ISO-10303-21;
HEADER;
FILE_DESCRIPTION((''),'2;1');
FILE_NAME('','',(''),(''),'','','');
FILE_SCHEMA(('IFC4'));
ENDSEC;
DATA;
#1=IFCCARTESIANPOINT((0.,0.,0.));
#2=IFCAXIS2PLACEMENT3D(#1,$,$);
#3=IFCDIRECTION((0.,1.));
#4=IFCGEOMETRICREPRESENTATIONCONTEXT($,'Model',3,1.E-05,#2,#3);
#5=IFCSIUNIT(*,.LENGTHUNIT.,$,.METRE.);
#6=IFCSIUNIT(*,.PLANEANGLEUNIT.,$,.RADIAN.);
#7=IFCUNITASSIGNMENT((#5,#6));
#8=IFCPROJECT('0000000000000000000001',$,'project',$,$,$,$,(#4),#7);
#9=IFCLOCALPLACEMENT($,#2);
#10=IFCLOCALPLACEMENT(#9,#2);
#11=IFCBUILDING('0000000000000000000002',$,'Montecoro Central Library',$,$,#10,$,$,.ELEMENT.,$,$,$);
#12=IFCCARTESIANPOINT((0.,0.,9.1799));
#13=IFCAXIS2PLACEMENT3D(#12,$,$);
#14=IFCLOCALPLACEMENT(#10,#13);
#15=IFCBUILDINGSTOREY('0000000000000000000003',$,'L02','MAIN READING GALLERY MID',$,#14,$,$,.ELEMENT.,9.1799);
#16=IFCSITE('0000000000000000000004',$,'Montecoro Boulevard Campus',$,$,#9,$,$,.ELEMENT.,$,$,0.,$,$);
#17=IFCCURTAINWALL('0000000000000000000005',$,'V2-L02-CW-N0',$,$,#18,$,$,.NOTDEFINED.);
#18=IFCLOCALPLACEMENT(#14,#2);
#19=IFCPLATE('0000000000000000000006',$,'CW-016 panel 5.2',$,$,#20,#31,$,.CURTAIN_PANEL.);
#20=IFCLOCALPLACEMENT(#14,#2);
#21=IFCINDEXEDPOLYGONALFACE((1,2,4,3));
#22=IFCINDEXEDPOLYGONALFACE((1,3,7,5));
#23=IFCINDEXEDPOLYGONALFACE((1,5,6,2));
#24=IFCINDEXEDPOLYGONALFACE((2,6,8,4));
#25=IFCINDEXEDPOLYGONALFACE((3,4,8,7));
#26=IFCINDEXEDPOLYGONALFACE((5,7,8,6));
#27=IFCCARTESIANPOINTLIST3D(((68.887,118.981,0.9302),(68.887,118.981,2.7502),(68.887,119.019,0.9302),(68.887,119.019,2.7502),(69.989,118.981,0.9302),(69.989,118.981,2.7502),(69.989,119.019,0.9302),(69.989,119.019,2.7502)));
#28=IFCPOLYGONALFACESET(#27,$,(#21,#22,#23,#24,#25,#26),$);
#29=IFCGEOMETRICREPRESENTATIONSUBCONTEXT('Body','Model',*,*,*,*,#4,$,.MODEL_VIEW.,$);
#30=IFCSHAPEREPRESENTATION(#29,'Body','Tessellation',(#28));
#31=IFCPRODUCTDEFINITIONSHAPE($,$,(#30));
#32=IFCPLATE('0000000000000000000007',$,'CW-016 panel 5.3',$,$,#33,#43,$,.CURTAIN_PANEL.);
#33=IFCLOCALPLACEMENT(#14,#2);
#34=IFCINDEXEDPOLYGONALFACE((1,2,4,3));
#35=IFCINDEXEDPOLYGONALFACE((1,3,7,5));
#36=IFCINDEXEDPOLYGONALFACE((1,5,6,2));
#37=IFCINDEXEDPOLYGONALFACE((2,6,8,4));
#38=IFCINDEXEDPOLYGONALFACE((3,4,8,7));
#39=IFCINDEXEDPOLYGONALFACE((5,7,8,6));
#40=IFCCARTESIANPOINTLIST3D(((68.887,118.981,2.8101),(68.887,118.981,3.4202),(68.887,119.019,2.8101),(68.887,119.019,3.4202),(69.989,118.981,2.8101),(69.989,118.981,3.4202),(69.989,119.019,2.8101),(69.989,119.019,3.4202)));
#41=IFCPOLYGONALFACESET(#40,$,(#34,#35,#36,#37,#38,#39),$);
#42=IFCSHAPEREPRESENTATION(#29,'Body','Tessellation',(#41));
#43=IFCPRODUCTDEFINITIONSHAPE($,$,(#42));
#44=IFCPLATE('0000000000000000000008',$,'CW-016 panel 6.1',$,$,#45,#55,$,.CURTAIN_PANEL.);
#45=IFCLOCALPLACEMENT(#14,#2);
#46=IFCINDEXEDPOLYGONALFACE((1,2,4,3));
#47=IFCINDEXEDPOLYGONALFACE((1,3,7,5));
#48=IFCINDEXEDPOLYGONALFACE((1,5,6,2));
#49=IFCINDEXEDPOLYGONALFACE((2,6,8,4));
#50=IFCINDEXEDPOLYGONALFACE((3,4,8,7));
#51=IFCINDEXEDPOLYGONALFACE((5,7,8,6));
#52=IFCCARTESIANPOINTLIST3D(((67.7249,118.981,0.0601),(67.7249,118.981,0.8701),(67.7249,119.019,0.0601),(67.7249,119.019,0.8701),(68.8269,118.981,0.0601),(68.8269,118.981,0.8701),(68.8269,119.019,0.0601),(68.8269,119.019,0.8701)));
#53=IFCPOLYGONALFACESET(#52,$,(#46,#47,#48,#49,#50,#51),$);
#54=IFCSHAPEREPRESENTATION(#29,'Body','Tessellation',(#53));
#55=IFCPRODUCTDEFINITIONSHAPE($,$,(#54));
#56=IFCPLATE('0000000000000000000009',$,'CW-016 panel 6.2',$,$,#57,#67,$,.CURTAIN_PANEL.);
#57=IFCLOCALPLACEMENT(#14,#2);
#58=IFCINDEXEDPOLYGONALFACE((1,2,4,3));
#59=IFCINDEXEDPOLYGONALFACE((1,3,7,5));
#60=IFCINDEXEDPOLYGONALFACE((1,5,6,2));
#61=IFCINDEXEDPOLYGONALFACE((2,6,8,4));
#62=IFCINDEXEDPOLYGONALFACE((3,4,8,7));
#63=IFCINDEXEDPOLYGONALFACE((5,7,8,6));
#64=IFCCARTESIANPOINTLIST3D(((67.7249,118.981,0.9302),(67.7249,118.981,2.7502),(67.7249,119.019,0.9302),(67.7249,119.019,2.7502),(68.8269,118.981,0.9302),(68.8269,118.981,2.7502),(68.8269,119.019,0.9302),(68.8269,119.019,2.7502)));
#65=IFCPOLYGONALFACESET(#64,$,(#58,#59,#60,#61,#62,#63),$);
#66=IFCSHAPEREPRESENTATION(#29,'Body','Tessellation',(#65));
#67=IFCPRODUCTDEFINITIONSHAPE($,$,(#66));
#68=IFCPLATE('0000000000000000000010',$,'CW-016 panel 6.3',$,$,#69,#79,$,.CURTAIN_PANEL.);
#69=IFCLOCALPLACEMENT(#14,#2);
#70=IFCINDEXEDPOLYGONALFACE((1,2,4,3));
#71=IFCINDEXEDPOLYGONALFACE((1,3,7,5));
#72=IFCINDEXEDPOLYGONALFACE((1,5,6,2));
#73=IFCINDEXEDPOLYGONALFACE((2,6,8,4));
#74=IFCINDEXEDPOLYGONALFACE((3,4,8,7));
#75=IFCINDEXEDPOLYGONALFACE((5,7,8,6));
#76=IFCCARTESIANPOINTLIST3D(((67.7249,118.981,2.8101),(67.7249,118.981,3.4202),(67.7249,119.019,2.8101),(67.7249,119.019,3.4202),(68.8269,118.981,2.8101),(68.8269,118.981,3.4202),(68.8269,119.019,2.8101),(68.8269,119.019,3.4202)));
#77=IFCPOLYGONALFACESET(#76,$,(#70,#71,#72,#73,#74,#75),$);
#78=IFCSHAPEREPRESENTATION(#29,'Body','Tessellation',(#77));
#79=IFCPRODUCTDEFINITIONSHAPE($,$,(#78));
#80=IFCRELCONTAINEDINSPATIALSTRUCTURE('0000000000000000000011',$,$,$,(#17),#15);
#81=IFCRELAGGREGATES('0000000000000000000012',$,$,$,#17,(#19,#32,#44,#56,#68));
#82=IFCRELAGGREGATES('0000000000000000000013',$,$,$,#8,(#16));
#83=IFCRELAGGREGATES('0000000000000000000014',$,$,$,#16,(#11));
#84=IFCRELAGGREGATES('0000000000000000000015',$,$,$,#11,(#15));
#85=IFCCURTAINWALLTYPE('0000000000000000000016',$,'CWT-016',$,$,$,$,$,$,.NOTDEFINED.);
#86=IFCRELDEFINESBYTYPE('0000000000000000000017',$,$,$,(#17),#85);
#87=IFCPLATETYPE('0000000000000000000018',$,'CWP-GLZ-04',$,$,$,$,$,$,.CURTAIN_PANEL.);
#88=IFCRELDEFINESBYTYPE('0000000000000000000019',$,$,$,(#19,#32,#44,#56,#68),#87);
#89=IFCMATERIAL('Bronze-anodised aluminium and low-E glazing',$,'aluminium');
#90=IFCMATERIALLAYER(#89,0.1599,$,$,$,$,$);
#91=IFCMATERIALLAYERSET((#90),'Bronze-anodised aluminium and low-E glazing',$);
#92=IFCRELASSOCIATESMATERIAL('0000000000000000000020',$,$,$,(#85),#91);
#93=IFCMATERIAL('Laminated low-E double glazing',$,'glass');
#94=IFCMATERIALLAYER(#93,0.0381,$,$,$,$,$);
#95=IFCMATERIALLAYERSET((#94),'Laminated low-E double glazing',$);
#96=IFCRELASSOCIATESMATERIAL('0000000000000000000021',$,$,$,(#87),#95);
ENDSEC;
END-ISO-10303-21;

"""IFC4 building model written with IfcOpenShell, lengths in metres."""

from ifc_helpers import new_model, si_unit, direction, frame, origin, origin_2d, place, context, subcontext, project, spatial, rectangle, extrude, material, layer, layer_set, type_object, element, aggregate, save


model = new_model("IFC4")

# Units and contexts
model_context = context("Model", 3, precision=1e-05, world=origin(), true_north=direction((0.0, 1.0)))
body_context = subcontext(model_context, "Body", "Model", "MODEL_VIEW")
ifc_project = project(units=[si_unit("LENGTHUNIT", "METRE"), si_unit("PLANEANGLEUNIT", "RADIAN")], contexts=[model_context])

# Site, building, storey
site_placement = place(None, origin())
site = spatial("IfcSite", under=ifc_project, at=site_placement, Name="Montecoro Boulevard Campus", CompositionType="ELEMENT", RefElevation=0.0)
building_placement = place(site_placement, origin())
building = spatial("IfcBuilding", under=site, at=building_placement, Name="Montecoro Central Library", CompositionType="ELEMENT")
storey_placement = place(building_placement, frame((0.0, 0.0, 9.1799)))
storey = spatial("IfcBuildingStorey", under=building, at=storey_placement, Name="L02", Description="MAIN READING GALLERY MID", CompositionType="ELEMENT", Elevation=9.1799)

# Curtain wall, plates
ifc_material_1 = material(Name="Bronze-anodised aluminium and low-E glazing", Category="aluminium")
ifc_layer_1 = layer(ifc_material_1, 0.1599)
ifc_layer_set_1 = layer_set([ifc_layer_1], Name="Bronze-anodised aluminium and low-E glazing")
curtain_wall_type = type_object("IfcCurtainWallType", Name="CWT-016", PredefinedType="NOTDEFINED", material=ifc_layer_set_1)
curtain_wall_placement = place(storey_placement, origin())
curtain_wall = element("IfcCurtainWall", 1, at=curtain_wall_placement, inside=storey, type_object=curtain_wall_type, Name="V2-L02-CW-N0", PredefinedType="NOTDEFINED")
ifc_material_2 = material(Name="Laminated low-E double glazing", Category="glass")
ifc_layer_2 = layer(ifc_material_2, 0.0381)
ifc_layer_set_2 = layer_set([ifc_layer_2], Name="Laminated low-E double glazing")
plate_type = type_object("IfcPlateType", Name="CWP-GLZ-04", PredefinedType="CURTAIN_PANEL", material=ifc_layer_set_2)
plate_1_placement = place(storey_placement, frame((69.438, 119.0, 0.9302), z_axis=(0.0, 0.0, 1.0), x_axis=(-1.0, 0.0, 0.0)))
plate_1 = element("IfcPlate", 2, at=plate_1_placement, type_object=plate_type, Name="CW-016 panel 5.2", PredefinedType="CURTAIN_PANEL", context=body_context, shape_type="SweptSolid", body=[
    extrude(rectangle(XDim=1.1021, YDim=0.0381, at=origin_2d()), origin(), (0.0, 0.0, 1.0), 1.8201),
])
plate_2_placement = place(storey_placement, frame((69.438, 119.0, 2.8101), z_axis=(0.0, 0.0, 1.0), x_axis=(-1.0, 0.0, 0.0)))
plate_2 = element("IfcPlate", 3, at=plate_2_placement, type_object=plate_type, Name="CW-016 panel 5.3", PredefinedType="CURTAIN_PANEL", context=body_context, shape_type="SweptSolid", body=[
    extrude(rectangle(XDim=1.1021, YDim=0.0381, at=origin_2d()), origin(), (0.0, 0.0, 1.0), 0.6101),
])
plate_3_placement = place(storey_placement, frame((68.2759, 119.0, 0.0601), z_axis=(0.0, 0.0, 1.0), x_axis=(-1.0, 0.0, 0.0)))
plate_3 = element("IfcPlate", 4, at=plate_3_placement, type_object=plate_type, Name="CW-016 panel 6.1", PredefinedType="CURTAIN_PANEL", context=body_context, shape_type="SweptSolid", body=[
    extrude(rectangle(XDim=1.1021, YDim=0.0381, at=origin_2d()), origin(), (0.0, 0.0, 1.0), 0.8101),
])
plate_4_placement = place(storey_placement, frame((68.2759, 119.0, 0.9302), z_axis=(0.0, 0.0, 1.0), x_axis=(-1.0, 0.0, 0.0)))
plate_4 = element("IfcPlate", 5, at=plate_4_placement, type_object=plate_type, Name="CW-016 panel 6.2", PredefinedType="CURTAIN_PANEL", context=body_context, shape_type="SweptSolid", body=[
    extrude(rectangle(XDim=1.1021, YDim=0.0381, at=origin_2d()), origin(), (0.0, 0.0, 1.0), 1.8201),
])
plate_5_placement = place(storey_placement, frame((68.2759, 119.0, 2.8101), z_axis=(0.0, 0.0, 1.0), x_axis=(-1.0, 0.0, 0.0)))
plate_5 = element("IfcPlate", 6, at=plate_5_placement, type_object=plate_type, Name="CW-016 panel 6.3", PredefinedType="CURTAIN_PANEL", context=body_context, shape_type="SweptSolid", body=[
    extrude(rectangle(XDim=1.1021, YDim=0.0381, at=origin_2d()), origin(), (0.0, 0.0, 1.0), 0.6101),
])
aggregate(curtain_wall, [plate_1, plate_2, plate_3, plate_4, plate_5])

save(model, "model.ifc")
